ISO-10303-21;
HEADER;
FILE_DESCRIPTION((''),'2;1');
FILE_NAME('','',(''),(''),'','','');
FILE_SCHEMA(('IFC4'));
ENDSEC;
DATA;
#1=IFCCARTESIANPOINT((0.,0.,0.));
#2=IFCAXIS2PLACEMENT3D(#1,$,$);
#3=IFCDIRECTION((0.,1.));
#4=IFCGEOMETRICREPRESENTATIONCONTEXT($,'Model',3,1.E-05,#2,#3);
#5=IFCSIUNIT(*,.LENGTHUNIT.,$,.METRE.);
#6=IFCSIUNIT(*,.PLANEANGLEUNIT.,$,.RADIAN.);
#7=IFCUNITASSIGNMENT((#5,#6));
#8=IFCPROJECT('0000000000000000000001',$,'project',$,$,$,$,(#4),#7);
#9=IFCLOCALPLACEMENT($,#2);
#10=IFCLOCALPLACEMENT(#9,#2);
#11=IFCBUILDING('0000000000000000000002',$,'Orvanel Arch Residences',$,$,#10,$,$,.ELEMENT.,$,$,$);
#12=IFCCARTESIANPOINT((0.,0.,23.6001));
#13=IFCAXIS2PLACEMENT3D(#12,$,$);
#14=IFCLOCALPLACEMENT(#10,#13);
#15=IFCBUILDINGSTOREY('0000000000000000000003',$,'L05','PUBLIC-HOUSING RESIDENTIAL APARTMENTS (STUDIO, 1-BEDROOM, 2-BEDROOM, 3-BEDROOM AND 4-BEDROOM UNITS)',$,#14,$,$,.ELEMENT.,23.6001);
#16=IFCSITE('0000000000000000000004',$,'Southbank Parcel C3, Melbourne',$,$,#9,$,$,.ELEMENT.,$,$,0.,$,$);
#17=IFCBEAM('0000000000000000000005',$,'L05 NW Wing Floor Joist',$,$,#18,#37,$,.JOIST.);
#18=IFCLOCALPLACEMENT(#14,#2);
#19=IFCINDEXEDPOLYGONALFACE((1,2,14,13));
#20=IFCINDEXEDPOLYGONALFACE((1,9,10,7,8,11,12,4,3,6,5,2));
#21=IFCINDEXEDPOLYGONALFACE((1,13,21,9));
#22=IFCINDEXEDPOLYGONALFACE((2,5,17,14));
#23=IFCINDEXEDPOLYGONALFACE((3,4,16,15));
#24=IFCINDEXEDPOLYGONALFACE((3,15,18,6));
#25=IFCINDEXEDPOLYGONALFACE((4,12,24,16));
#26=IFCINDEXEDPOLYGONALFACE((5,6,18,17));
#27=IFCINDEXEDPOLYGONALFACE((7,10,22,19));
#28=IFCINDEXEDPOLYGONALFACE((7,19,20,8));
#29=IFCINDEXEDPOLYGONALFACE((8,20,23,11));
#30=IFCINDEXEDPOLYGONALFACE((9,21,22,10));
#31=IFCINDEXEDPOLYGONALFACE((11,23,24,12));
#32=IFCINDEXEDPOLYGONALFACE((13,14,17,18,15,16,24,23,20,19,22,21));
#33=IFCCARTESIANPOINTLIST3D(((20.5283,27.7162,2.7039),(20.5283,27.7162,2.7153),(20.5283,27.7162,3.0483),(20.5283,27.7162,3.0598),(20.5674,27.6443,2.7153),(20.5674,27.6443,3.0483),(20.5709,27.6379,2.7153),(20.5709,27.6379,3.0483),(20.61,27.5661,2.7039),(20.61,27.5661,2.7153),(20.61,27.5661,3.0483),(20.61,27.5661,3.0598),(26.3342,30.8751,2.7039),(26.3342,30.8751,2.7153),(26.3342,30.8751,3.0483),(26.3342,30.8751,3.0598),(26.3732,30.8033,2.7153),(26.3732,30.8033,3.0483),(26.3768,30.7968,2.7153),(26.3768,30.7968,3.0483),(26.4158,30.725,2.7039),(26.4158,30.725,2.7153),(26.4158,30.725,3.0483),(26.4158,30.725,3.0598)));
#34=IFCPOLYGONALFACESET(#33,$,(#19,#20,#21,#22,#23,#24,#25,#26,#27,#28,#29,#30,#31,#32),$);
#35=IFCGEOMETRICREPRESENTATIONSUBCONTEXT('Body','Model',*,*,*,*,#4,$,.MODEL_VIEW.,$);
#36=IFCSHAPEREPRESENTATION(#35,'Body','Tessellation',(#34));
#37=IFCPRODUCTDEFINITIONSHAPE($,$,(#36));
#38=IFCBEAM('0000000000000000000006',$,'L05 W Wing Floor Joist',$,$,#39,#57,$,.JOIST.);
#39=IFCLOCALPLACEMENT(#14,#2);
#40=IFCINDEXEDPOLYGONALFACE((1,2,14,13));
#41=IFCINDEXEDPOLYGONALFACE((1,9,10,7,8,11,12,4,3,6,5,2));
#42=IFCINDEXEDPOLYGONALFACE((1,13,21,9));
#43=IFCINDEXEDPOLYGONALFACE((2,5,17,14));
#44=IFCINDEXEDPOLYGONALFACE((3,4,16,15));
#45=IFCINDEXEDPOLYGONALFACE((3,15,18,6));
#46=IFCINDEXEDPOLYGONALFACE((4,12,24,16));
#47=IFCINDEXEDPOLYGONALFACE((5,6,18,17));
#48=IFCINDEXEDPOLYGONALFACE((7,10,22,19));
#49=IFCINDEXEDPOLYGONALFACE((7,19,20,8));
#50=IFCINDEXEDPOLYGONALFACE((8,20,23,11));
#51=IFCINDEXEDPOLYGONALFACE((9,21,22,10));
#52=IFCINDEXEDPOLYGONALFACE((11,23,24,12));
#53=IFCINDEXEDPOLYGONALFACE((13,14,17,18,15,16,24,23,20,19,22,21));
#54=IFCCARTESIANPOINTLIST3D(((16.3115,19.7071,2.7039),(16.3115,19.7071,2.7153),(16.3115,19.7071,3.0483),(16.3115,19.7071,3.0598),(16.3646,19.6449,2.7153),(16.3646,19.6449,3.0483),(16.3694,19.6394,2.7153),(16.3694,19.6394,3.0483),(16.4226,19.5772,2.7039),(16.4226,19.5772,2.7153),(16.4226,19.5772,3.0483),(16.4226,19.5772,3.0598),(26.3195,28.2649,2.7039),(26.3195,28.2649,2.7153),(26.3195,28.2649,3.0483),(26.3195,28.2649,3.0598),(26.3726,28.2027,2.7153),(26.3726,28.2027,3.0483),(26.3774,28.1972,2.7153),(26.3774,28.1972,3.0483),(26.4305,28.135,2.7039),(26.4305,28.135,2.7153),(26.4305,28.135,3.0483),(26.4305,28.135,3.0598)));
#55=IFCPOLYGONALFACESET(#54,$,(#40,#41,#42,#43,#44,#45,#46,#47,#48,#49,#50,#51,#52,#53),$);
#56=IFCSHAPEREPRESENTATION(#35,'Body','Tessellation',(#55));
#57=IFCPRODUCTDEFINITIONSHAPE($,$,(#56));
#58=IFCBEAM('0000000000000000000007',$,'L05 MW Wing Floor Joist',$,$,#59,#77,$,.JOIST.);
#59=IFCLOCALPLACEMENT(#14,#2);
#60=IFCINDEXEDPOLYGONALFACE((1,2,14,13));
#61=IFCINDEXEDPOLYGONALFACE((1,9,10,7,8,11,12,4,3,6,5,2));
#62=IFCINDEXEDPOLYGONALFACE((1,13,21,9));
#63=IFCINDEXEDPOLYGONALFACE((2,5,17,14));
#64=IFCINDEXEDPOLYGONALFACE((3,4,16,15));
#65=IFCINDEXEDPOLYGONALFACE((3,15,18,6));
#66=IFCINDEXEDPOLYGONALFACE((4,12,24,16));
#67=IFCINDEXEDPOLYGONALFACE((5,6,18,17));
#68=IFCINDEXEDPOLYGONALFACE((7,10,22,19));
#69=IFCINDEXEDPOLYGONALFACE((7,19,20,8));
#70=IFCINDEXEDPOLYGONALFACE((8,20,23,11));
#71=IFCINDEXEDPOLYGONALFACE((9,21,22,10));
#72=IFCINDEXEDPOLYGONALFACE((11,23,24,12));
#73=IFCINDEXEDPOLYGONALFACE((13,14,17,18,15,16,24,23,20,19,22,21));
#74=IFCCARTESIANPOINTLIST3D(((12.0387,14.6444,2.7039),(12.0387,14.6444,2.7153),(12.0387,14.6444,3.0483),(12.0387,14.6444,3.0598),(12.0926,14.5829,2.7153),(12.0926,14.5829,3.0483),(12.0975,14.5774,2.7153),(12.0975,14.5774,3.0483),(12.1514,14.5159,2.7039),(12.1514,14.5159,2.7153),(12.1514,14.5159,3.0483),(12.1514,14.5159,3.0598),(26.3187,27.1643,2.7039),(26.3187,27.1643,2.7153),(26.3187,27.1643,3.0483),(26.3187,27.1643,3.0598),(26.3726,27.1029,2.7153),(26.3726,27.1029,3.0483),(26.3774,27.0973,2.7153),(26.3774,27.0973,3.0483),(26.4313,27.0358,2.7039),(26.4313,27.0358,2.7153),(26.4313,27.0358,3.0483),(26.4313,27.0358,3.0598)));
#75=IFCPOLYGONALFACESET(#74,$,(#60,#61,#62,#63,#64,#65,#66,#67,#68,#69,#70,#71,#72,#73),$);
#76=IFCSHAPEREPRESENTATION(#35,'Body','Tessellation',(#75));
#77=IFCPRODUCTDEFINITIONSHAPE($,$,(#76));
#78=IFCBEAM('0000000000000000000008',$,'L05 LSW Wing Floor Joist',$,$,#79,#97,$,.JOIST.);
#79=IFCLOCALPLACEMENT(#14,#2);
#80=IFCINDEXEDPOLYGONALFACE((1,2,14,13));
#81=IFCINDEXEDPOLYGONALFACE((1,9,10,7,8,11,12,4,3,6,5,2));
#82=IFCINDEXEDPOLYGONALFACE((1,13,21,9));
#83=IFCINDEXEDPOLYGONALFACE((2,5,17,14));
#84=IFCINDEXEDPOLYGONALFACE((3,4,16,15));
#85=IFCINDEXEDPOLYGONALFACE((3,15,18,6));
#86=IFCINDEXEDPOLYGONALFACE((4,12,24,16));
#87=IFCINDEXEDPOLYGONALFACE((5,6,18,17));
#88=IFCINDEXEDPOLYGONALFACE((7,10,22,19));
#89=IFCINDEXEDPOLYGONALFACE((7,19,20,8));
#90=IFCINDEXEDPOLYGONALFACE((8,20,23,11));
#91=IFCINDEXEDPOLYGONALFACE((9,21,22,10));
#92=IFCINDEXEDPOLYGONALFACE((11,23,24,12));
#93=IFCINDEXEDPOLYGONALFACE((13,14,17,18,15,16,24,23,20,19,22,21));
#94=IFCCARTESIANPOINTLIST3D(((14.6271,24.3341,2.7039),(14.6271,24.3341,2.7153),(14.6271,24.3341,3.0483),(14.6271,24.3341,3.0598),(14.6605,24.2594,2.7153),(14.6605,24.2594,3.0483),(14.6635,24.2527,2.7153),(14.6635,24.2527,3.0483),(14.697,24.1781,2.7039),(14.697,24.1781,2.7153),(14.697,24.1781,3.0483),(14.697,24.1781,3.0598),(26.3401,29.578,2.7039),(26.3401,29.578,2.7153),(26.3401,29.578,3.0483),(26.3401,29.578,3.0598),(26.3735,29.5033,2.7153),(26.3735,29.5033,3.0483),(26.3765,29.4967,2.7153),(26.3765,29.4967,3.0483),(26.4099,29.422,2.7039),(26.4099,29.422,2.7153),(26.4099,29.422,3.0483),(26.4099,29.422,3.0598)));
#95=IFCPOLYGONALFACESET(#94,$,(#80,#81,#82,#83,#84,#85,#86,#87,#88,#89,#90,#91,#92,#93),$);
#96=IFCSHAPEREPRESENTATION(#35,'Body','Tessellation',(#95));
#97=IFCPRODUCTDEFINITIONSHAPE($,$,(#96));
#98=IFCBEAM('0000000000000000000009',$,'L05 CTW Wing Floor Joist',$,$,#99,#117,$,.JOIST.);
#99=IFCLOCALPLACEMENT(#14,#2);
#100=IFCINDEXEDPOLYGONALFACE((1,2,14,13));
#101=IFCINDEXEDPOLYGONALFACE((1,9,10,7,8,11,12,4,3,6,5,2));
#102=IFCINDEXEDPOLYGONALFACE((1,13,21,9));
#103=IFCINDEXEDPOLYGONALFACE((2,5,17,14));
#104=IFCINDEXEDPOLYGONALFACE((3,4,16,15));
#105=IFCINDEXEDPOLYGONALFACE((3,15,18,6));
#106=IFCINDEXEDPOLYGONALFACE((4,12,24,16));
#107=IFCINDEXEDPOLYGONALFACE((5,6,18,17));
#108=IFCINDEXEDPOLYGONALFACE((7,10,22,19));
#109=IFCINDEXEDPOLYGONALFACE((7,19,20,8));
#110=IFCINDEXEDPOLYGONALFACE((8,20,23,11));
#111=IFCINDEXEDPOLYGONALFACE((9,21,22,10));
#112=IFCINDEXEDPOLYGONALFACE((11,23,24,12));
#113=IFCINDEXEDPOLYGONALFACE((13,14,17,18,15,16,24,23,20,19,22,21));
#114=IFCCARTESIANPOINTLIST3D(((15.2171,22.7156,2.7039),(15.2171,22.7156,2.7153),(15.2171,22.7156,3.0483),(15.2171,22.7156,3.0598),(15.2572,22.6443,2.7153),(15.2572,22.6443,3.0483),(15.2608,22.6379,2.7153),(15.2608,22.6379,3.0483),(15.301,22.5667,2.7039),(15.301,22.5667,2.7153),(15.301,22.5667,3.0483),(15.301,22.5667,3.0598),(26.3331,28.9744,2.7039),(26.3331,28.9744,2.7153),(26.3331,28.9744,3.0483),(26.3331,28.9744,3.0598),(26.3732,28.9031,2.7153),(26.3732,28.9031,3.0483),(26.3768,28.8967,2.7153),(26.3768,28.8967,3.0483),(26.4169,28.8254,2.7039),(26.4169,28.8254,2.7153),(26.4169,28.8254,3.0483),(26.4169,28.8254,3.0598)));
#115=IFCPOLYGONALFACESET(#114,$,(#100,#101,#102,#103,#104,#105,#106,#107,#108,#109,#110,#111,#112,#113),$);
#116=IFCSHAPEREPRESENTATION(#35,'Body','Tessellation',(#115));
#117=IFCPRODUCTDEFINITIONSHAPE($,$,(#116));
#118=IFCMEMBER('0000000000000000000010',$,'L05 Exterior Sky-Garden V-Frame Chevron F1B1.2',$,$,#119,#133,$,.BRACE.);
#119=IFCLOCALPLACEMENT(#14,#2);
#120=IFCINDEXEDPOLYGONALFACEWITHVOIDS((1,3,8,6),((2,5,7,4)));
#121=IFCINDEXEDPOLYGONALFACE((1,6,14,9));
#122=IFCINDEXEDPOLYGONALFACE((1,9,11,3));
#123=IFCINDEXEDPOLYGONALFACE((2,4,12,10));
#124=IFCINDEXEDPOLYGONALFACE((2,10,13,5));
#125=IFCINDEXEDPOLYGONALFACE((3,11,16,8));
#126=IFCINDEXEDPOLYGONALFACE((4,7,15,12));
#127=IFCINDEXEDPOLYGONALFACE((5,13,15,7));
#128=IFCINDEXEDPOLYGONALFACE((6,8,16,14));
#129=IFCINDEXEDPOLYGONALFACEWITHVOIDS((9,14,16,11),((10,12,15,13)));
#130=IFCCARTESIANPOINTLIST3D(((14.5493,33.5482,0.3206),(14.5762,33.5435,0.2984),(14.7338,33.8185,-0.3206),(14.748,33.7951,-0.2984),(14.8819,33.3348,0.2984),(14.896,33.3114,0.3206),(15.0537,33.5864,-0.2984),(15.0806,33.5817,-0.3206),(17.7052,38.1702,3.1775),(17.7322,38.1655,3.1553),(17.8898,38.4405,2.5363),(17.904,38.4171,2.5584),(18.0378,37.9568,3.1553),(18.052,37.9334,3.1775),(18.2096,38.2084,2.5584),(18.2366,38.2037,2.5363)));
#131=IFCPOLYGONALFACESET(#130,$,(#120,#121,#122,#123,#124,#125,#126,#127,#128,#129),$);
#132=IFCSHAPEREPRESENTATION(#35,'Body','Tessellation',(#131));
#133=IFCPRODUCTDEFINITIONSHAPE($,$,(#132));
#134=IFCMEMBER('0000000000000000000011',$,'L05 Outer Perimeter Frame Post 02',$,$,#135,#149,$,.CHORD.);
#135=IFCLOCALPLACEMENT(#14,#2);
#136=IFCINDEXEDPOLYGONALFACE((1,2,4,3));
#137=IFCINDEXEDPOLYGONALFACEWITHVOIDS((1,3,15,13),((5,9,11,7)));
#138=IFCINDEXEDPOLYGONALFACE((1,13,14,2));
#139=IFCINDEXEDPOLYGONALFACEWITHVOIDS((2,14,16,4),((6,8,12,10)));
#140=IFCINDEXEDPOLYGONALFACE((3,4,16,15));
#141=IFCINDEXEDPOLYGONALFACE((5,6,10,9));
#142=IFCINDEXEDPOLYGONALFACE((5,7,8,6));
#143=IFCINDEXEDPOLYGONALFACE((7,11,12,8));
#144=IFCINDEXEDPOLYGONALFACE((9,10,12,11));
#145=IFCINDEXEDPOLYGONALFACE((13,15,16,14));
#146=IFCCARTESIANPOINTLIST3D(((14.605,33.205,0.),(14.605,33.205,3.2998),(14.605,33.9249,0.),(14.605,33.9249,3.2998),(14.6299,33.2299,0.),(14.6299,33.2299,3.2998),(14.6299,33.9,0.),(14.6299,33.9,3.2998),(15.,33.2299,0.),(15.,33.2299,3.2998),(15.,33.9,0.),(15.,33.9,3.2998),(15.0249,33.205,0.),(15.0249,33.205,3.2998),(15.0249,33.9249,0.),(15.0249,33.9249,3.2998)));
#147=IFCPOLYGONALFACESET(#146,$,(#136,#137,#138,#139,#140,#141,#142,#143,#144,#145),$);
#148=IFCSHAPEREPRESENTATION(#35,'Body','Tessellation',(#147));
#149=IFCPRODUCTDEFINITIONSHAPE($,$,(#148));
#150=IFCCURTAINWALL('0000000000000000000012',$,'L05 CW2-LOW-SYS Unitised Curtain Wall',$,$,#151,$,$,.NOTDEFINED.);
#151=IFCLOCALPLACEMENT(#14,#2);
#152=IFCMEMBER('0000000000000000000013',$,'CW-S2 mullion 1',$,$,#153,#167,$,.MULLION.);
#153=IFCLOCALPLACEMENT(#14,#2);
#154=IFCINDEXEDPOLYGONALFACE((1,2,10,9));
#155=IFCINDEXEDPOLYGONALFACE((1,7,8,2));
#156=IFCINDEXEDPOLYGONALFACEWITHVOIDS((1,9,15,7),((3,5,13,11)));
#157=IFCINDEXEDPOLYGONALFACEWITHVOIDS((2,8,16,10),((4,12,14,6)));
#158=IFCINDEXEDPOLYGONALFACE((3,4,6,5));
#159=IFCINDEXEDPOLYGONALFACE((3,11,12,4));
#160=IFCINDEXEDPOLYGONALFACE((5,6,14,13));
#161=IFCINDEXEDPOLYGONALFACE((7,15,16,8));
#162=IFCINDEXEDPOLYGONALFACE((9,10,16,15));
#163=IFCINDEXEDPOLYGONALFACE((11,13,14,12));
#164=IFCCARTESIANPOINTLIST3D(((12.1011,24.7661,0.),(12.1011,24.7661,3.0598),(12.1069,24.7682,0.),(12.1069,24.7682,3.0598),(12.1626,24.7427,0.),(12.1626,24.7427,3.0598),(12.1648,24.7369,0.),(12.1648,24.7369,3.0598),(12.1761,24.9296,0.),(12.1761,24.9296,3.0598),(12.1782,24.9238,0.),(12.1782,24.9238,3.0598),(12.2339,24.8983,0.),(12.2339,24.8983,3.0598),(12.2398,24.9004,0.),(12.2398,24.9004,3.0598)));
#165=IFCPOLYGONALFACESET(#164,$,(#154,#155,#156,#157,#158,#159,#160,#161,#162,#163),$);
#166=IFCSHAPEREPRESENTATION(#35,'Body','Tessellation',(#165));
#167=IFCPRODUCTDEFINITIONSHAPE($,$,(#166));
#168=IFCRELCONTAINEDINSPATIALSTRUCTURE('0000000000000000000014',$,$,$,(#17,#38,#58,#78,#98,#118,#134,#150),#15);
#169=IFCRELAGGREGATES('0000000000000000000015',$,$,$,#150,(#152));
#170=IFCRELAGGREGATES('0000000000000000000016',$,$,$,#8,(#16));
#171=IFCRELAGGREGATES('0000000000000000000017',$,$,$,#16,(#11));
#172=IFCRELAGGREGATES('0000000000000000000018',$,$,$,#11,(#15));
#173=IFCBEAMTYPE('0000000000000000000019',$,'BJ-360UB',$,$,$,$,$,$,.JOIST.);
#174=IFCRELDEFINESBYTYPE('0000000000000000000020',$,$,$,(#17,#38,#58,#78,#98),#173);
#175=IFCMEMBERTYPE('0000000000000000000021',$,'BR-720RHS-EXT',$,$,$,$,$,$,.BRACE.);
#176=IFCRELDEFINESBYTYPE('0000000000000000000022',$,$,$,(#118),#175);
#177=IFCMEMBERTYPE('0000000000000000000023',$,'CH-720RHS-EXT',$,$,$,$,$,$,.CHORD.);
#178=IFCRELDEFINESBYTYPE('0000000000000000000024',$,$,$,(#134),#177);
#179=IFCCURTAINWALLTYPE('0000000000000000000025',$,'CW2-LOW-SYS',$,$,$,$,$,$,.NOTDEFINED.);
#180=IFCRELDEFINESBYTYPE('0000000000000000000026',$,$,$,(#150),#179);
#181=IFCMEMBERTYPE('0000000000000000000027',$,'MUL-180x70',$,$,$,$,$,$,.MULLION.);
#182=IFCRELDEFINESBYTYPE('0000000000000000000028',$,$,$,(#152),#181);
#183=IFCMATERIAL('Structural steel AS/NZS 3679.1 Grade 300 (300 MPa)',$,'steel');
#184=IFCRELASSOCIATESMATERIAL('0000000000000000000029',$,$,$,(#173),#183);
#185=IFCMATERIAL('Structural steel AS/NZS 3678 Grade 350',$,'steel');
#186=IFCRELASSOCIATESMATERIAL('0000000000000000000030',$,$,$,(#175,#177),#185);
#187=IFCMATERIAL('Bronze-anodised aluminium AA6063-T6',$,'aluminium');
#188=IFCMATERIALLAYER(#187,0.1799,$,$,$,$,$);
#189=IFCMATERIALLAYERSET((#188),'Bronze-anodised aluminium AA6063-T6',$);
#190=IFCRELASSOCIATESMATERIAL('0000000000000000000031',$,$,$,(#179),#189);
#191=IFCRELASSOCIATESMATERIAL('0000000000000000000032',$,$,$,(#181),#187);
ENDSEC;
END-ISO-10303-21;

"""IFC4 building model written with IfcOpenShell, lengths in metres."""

from ifc_helpers import new_model, si_unit, direction, frame, origin, origin_2d, place, context, subcontext, project, spatial, hollow_rectangle, i_section, extrude, material, layer, layer_set, material_profile, profile_set, type_object, element, aggregate, save


model = new_model("IFC4")

# Units and contexts
model_context = context("Model", 3, precision=1e-05, world=origin(), true_north=direction((0.0, 1.0)))
body_context = subcontext(model_context, "Body", "Model", "MODEL_VIEW")
ifc_project = project(units=[si_unit("LENGTHUNIT", "METRE"), si_unit("PLANEANGLEUNIT", "RADIAN")], contexts=[model_context])

# Site, building, storey
site_placement = place(None, origin())
site = spatial("IfcSite", under=ifc_project, at=site_placement, Name="Southbank Parcel C3, Melbourne", CompositionType="ELEMENT", RefElevation=0.0)
building_placement = place(site_placement, origin())
building = spatial("IfcBuilding", under=site, at=building_placement, Name="Orvanel Arch Residences", CompositionType="ELEMENT")
storey_placement = place(building_placement, frame((0.0, 0.0, 23.6001)))
storey = spatial("IfcBuildingStorey", under=building, at=storey_placement, Name="L05", Description="PUBLIC-HOUSING RESIDENTIAL APARTMENTS (STUDIO, 1-BEDROOM, 2-BEDROOM, 3-BEDROOM AND 4-BEDROOM UNITS)", CompositionType="ELEMENT", Elevation=23.6001)

# Beams
ifc_material_1 = material(Name="Structural steel AS/NZS 3679.1 Grade 300 (300 MPa)", Category="steel")
ifc_material_profile_1 = material_profile(ifc_material_1, i_section(OverallWidth=0.1709, OverallDepth=0.356, WebThickness=0.0073, FlangeThickness=0.0115, at=origin_2d()), Name="360UB50.7")
ifc_profile_set_1 = profile_set([ifc_material_profile_1], Name="Structural steel AS/NZS 3679.1 Grade 300 (300 MPa)")
beam_type_1 = type_object("IfcBeamType", Name="BJ-360UB", PredefinedType="JOIST", material=ifc_profile_set_1)
beam_1_placement = place(storey_placement, frame((26.375, 30.8, 2.8818), z_axis=(-0.878399, -0.477928, 0.0), x_axis=(0.477928, -0.878399, 0.0)))
element("IfcBeam", 1, at=beam_1_placement, inside=storey, type_object=beam_type_1, Name="L05 NW Wing Floor Joist", PredefinedType="JOIST", context=body_context, shape_type="SweptSolid", body=[
    extrude(i_section(OverallWidth=0.1709, OverallDepth=0.356, WebThickness=0.0073, FlangeThickness=0.0115, at=origin_2d()), origin(), (0.0, 0.0, 1.0), 6.6096),
])
beam_2_placement = place(storey_placement, frame((26.375, 28.2, 2.8818), z_axis=(-0.760024, -0.649895, 0.0), x_axis=(0.649895, -0.760024, 0.0)))
element("IfcBeam", 2, at=beam_2_placement, inside=storey, type_object=beam_type_1, Name="L05 W Wing Floor Joist", PredefinedType="JOIST", context=body_context, shape_type="SweptSolid", body=[
    extrude(i_section(OverallWidth=0.1709, OverallDepth=0.356, WebThickness=0.0073, FlangeThickness=0.0115, at=origin_2d()), origin(), (0.0, 0.0, 1.0), 13.168),
])
beam_3_placement = place(storey_placement, frame((26.375, 27.1001, 2.8818), z_axis=(-0.751924, -0.65925, 0.0), x_axis=(0.65925, -0.751924, 0.0)))
element("IfcBeam", 3, at=beam_3_placement, inside=storey, type_object=beam_type_1, Name="L05 MW Wing Floor Joist", PredefinedType="JOIST", context=body_context, shape_type="SweptSolid", body=[
    extrude(i_section(OverallWidth=0.1709, OverallDepth=0.356, WebThickness=0.0073, FlangeThickness=0.0115, at=origin_2d()), origin(), (0.0, 0.0, 1.0), 18.9912),
])
beam_4_placement = place(storey_placement, frame((26.375, 29.5, 2.8818), z_axis=(-0.912704, -0.408621, 0.0), x_axis=(0.408621, -0.912704, 0.0)))
element("IfcBeam", 4, at=beam_4_placement, inside=storey, type_object=beam_type_1, Name="L05 LSW Wing Floor Joist", PredefinedType="JOIST", context=body_context, shape_type="SweptSolid", body=[
    extrude(i_section(OverallWidth=0.1709, OverallDepth=0.356, WebThickness=0.0073, FlangeThickness=0.0115, at=origin_2d()), origin(), (0.0, 0.0, 1.0), 12.8333),
])
beam_5_placement = place(storey_placement, frame((26.375, 28.8999, 2.8818), z_axis=(-0.871373, -0.490622, 0.0), x_axis=(0.490622, -0.871373, 0.0)))
element("IfcBeam", 5, at=beam_5_placement, inside=storey, type_object=beam_type_1, Name="L05 CTW Wing Floor Joist", PredefinedType="JOIST", context=body_context, shape_type="SweptSolid", body=[
    extrude(i_section(OverallWidth=0.1709, OverallDepth=0.356, WebThickness=0.0073, FlangeThickness=0.0115, at=origin_2d()), origin(), (0.0, 0.0, 1.0), 12.7568),
])

# Members
ifc_material_2 = material(Name="Structural steel AS/NZS 3678 Grade 350", Category="steel")
ifc_material_profile_2 = material_profile(ifc_material_2, hollow_rectangle(XDim=0.4199, YDim=0.72, WallThickness=0.0249, at=origin_2d()), Name="RHS720x420x25")
ifc_profile_set_2 = profile_set([ifc_material_profile_2], Name="Structural steel AS/NZS 3678 Grade 350")
member_type_1 = type_object("IfcMemberType", Name="BR-720RHS-EXT", PredefinedType="BRACE", material=ifc_profile_set_2)
member_1_placement = place(storey_placement, frame((14.8149, 33.5649, 0.0), z_axis=(0.502246, 0.735555, 0.454652), x_axis=(-0.825845, 0.563897, 0.0)))
element("IfcMember", 6, at=member_1_placement, inside=storey, type_object=member_type_1, Name="L05 Exterior Sky-Garden V-Frame Chevron F1B1.2", PredefinedType="BRACE", context=body_context, shape_type="SweptSolid", body=[
    extrude(hollow_rectangle(XDim=0.4199, YDim=0.72, WallThickness=0.0249, at=origin_2d()), origin(), (0.0, 0.0, 1.0), 6.2837),
])
ifc_material_profile_3 = material_profile(ifc_material_2, hollow_rectangle(XDim=0.4199, YDim=0.72, WallThickness=0.0249, at=origin_2d()), Name="RHS720x420x25")
ifc_profile_set_3 = profile_set([ifc_material_profile_3], Name="Structural steel AS/NZS 3678 Grade 350")
member_type_2 = type_object("IfcMemberType", Name="CH-720RHS-EXT", PredefinedType="CHORD", material=ifc_profile_set_3)
member_2_placement = place(storey_placement, frame((14.8149, 33.5649, 0.0), z_axis=(0.0, 0.0, 1.0), x_axis=(1.0, 0.0, 0.0)))
element("IfcMember", 7, at=member_2_placement, inside=storey, type_object=member_type_2, Name="L05 Outer Perimeter Frame Post 02", PredefinedType="CHORD", context=body_context, shape_type="SweptSolid", body=[
    extrude(hollow_rectangle(XDim=0.4199, YDim=0.72, WallThickness=0.0249, at=origin_2d()), origin(), (0.0, 0.0, 1.0), 3.2998),
])

# Curtain wall, member
ifc_material_3 = material(Name="Bronze-anodised aluminium AA6063-T6", Category="aluminium")
ifc_layer_1 = layer(ifc_material_3, 0.1799)
ifc_layer_set_1 = layer_set([ifc_layer_1], Name="Bronze-anodised aluminium AA6063-T6")
curtain_wall_type = type_object("IfcCurtainWallType", Name="CW2-LOW-SYS", PredefinedType="NOTDEFINED", material=ifc_layer_set_1)
curtain_wall_placement = place(storey_placement, origin())
curtain_wall = element("IfcCurtainWall", 8, at=curtain_wall_placement, inside=storey, type_object=curtain_wall_type, Name="L05 CW2-LOW-SYS Unitised Curtain Wall", PredefinedType="NOTDEFINED")
ifc_material_profile_4 = material_profile(ifc_material_3, hollow_rectangle(XDim=0.0701, YDim=0.1799, WallThickness=0.0044, at=origin_2d()), Name="ALU180x70x4.5")
ifc_profile_set_4 = profile_set([ifc_material_profile_4], Name="Bronze-anodised aluminium AA6063-T6")
member_type_3 = type_object("IfcMemberType", Name="MUL-180x70", PredefinedType="MULLION", material=ifc_profile_set_4)
member_3_placement = place(storey_placement, frame((12.1704, 24.8333, 0.0), z_axis=(0.0, 0.0, 1.0), x_axis=(0.909015, -0.416763, 0.0)))
member_3 = element("IfcMember", 9, at=member_3_placement, type_object=member_type_3, Name="CW-S2 mullion 1", PredefinedType="MULLION", context=body_context, shape_type="SweptSolid", body=[
    extrude(hollow_rectangle(XDim=0.0701, YDim=0.1799, WallThickness=0.0044, at=origin_2d()), origin(), (0.0, 0.0, 1.0), 3.0598),
])

aggregate(curtain_wall, [member_3])

save(model, "model.ifc")
